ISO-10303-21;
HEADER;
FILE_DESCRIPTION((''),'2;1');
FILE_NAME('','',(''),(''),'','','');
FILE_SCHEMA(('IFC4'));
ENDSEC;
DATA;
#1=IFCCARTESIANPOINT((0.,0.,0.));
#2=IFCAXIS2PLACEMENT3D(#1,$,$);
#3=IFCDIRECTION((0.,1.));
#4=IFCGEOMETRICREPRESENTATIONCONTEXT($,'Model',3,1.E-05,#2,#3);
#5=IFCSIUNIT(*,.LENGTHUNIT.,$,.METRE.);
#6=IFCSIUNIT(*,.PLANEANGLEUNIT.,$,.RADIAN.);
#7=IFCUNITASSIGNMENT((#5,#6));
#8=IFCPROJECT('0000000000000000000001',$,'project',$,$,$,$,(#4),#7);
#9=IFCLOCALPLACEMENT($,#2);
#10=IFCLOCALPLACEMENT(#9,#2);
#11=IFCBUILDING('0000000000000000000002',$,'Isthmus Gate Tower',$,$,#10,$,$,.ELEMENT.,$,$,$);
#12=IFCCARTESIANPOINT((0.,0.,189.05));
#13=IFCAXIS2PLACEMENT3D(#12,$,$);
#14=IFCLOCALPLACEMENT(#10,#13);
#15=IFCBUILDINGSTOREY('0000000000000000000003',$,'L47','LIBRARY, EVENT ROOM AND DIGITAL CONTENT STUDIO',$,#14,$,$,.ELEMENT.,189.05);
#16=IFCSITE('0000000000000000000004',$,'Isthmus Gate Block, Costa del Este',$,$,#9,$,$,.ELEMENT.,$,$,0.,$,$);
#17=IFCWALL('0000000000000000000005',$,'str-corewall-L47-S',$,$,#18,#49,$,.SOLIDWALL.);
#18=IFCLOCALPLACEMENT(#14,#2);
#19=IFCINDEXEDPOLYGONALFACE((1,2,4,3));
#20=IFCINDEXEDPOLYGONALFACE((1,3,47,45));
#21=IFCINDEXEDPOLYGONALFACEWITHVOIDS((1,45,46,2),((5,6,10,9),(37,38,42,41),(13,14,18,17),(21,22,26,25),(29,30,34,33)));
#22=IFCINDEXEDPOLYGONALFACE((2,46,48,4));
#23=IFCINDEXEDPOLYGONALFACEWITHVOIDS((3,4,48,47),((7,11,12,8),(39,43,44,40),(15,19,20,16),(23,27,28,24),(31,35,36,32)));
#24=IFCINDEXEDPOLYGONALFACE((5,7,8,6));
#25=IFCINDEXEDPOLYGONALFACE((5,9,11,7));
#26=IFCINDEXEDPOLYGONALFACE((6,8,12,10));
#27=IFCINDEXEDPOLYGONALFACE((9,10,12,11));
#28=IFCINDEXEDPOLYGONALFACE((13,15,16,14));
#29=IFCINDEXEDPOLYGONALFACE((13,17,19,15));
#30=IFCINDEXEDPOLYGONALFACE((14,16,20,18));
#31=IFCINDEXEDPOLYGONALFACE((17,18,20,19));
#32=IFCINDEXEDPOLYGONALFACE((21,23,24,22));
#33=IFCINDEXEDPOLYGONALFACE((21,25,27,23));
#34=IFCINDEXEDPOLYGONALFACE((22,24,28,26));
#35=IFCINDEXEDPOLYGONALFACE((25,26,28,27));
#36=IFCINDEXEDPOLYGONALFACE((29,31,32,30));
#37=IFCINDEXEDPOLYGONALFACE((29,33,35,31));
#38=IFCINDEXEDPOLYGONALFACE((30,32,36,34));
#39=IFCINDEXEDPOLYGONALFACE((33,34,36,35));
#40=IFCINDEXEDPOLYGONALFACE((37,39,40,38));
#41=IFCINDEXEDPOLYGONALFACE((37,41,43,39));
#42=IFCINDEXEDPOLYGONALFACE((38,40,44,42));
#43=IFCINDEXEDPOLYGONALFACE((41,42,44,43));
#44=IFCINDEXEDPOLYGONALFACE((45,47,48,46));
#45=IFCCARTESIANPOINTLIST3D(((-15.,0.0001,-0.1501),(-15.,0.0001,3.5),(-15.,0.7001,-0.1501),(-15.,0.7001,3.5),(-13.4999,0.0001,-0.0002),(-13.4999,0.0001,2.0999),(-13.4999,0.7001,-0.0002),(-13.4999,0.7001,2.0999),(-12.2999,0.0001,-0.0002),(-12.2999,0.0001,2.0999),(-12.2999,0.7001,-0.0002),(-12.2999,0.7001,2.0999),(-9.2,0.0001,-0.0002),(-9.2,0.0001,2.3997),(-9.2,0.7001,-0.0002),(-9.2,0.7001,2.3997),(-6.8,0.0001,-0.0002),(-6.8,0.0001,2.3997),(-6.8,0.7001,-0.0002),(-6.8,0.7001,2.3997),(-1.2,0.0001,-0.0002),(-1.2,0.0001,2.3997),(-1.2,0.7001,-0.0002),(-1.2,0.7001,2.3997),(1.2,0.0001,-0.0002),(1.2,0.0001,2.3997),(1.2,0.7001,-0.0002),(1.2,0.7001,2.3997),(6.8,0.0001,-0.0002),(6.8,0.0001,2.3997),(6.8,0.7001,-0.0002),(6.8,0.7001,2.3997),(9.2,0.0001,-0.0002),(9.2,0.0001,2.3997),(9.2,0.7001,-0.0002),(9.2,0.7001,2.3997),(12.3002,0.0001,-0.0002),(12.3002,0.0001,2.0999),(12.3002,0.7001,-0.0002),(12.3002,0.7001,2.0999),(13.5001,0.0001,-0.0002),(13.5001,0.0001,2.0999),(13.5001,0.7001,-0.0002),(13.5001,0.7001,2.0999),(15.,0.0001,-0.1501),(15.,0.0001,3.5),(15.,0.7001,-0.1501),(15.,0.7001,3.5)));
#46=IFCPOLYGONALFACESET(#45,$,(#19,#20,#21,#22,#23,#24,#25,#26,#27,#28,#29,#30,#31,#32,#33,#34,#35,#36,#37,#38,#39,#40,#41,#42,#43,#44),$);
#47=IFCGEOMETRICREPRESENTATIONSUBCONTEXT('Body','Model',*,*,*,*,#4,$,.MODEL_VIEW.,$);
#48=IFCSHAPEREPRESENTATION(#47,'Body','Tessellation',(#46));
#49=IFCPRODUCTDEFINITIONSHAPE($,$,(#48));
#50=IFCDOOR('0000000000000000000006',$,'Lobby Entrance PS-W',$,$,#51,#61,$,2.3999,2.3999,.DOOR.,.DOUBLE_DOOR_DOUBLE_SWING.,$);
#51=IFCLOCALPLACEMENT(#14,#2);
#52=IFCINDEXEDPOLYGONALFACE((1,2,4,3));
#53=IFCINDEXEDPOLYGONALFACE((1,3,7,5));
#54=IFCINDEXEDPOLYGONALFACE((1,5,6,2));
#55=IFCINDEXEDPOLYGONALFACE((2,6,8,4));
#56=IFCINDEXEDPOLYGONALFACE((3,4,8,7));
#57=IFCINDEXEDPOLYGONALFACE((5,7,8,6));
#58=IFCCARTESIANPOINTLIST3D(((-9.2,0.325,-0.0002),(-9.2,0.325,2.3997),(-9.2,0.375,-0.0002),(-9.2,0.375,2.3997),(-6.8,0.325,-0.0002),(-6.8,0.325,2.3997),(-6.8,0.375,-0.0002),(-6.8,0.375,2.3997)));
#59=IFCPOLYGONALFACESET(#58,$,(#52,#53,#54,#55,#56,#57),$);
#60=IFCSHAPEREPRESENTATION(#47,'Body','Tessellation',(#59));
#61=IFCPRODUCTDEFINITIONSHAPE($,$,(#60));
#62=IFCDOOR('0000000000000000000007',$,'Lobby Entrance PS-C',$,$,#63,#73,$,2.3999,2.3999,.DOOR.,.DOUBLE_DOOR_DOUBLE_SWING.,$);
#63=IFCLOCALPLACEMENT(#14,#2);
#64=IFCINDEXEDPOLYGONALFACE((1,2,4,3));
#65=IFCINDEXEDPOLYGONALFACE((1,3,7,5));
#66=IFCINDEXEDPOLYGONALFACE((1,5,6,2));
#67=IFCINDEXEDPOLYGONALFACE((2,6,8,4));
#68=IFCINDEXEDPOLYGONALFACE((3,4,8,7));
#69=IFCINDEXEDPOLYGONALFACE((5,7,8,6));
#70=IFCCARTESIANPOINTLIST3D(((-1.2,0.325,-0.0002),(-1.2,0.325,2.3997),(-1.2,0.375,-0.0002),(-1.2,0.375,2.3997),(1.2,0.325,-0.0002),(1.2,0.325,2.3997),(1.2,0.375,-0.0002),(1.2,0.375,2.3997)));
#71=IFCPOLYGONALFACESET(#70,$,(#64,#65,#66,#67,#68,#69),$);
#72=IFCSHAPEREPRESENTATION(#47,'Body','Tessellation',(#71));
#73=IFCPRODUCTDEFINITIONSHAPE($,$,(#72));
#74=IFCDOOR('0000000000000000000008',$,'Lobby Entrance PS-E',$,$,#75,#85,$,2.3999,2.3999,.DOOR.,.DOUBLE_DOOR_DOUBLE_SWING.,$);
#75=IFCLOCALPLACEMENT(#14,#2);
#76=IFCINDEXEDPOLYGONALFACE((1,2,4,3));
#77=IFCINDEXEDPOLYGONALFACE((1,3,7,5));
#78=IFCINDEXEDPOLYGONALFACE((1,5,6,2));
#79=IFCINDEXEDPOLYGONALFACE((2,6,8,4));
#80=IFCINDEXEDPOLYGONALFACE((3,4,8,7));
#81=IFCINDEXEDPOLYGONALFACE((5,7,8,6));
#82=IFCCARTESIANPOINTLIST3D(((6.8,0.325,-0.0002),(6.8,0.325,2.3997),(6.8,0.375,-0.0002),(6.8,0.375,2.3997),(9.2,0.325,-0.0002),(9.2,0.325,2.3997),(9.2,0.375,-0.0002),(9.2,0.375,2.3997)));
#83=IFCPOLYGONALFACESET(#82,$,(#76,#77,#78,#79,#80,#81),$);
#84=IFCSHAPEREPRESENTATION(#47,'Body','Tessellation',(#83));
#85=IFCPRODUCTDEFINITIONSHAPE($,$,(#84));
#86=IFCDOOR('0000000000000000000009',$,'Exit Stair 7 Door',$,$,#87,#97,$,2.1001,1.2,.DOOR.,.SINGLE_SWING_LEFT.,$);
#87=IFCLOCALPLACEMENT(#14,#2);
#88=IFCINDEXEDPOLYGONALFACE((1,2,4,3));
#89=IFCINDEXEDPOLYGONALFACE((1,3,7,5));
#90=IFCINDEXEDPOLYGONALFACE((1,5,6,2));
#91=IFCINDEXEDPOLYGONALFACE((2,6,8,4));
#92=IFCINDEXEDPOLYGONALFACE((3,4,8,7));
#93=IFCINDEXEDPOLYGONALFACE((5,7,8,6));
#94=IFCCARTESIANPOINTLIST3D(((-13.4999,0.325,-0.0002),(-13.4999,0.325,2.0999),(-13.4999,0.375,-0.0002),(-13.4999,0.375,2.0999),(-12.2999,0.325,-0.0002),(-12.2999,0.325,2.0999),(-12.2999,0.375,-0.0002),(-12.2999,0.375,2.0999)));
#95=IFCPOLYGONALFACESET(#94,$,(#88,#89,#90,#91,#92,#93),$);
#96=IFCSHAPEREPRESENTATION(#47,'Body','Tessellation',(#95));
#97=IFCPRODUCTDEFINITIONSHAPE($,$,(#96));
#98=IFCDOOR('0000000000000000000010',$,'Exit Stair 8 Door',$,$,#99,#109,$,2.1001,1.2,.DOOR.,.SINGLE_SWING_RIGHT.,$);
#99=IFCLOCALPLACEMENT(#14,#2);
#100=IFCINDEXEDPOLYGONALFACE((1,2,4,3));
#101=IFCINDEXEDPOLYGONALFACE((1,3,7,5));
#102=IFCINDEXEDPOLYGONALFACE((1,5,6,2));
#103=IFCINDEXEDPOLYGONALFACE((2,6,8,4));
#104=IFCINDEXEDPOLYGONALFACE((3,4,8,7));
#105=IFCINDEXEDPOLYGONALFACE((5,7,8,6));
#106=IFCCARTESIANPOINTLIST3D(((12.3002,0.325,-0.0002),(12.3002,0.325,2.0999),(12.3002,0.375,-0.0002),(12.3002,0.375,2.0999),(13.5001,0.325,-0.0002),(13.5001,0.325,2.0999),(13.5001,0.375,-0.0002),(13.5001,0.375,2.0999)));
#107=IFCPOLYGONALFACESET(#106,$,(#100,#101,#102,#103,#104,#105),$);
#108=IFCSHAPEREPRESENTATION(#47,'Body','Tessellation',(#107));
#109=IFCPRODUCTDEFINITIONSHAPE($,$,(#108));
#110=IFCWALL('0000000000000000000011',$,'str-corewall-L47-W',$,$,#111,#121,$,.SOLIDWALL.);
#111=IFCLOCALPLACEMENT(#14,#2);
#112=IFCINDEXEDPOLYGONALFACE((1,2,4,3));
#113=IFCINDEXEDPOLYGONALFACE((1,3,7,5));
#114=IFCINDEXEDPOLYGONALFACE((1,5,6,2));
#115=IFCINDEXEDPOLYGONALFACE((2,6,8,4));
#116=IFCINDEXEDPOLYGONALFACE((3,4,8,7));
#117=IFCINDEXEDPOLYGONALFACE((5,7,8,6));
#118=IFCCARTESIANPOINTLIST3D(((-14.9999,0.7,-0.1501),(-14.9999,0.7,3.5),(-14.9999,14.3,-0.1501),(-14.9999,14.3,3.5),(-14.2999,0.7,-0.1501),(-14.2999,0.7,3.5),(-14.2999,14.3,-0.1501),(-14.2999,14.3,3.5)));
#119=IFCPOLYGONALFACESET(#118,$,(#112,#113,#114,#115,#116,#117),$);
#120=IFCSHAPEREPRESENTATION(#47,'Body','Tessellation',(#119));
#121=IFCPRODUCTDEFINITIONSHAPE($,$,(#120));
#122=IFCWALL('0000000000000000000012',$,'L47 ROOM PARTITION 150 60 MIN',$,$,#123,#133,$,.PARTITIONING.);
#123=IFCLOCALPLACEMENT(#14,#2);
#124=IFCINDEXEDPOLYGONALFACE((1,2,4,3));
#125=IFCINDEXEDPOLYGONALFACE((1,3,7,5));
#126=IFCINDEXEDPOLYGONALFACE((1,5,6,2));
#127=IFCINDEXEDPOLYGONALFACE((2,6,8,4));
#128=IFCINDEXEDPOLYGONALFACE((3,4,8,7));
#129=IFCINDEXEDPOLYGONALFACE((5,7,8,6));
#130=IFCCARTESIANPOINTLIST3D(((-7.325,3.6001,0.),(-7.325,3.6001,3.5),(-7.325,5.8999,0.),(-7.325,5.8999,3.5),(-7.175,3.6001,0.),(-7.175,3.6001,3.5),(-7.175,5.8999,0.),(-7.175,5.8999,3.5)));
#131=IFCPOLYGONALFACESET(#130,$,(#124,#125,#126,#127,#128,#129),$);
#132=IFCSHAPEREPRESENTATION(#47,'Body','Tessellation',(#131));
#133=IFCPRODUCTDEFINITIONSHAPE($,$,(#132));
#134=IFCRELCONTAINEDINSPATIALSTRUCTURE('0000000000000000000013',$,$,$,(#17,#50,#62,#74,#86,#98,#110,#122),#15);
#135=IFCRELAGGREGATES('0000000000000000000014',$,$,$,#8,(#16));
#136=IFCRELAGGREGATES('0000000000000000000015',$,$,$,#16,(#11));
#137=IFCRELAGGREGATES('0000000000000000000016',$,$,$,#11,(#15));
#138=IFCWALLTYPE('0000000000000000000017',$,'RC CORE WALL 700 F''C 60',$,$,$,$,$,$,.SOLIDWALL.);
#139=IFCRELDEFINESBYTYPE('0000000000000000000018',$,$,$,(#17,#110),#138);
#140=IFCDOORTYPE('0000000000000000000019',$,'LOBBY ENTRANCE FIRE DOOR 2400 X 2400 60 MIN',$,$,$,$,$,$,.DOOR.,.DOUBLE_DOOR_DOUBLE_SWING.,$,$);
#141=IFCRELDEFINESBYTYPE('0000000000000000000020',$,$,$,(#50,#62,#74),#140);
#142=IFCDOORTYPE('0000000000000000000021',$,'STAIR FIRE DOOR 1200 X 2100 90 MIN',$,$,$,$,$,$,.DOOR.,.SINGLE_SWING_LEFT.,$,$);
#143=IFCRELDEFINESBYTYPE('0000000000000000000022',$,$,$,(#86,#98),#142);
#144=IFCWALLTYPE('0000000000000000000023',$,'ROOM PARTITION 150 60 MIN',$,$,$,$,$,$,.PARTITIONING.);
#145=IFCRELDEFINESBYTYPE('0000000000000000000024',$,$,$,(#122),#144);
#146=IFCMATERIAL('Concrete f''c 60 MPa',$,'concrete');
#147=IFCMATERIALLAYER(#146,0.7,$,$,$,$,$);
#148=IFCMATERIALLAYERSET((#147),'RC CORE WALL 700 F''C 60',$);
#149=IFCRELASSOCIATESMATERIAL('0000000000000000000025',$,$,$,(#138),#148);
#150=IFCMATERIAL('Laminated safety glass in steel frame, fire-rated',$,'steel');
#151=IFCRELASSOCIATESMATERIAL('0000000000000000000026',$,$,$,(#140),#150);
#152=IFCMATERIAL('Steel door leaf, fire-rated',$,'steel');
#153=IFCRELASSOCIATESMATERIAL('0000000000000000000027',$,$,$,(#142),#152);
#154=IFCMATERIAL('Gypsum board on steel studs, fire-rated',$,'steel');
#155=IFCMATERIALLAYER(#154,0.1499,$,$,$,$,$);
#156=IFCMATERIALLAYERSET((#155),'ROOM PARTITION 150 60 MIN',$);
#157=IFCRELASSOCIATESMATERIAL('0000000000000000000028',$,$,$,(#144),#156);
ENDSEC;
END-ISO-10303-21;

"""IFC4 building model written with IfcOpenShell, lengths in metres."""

from ifc_helpers import new_model, si_unit, direction, frame, frame_2d, origin, place, context, subcontext, project, spatial, rectangle, extrude, material, layer, layer_set, type_object, element, fill, save


model = new_model("IFC4")

# Units and contexts
model_context = context("Model", 3, precision=1e-05, world=origin(), true_north=direction((0.0, 1.0)))
body_context = subcontext(model_context, "Body", "Model", "MODEL_VIEW")
ifc_project = project(units=[si_unit("LENGTHUNIT", "METRE"), si_unit("PLANEANGLEUNIT", "RADIAN")], contexts=[model_context])

# Site, building, storey
site_placement = place(None, origin())
site = spatial("IfcSite", under=ifc_project, at=site_placement, Name="Isthmus Gate Block, Costa del Este", CompositionType="ELEMENT", RefElevation=0.0)
building_placement = place(site_placement, origin())
building = spatial("IfcBuilding", under=site, at=building_placement, Name="Isthmus Gate Tower", CompositionType="ELEMENT")
storey_placement = place(building_placement, frame((0.0, 0.0, 189.05)))
storey = spatial("IfcBuildingStorey", under=building, at=storey_placement, Name="L47", Description="LIBRARY, EVENT ROOM AND DIGITAL CONTENT STUDIO", CompositionType="ELEMENT", Elevation=189.05)

# Wall, openings, doors
ifc_material_1 = material(Name="Concrete f'c 60 MPa", Category="concrete")
ifc_layer_1 = layer(ifc_material_1, 0.7)
ifc_layer_set_1 = layer_set([ifc_layer_1], Name="RC CORE WALL 700 F'C 60")
wall_type_1 = type_object("IfcWallType", Name="RC CORE WALL 700 F'C 60", PredefinedType="SOLIDWALL", material=ifc_layer_set_1)
wall_1_placement = place(storey_placement, frame((-15.0, 0.3501, -0.1501), z_axis=(0.0, 0.0, 1.0), x_axis=(1.0, 0.0, 0.0)))
wall_1 = element("IfcWall", 1, at=wall_1_placement, inside=storey, type_object=wall_type_1, Name="str-corewall-L47-S", PredefinedType="SOLIDWALL", context=body_context, shape_type="SweptSolid", body=[
    extrude(rectangle(XDim=30.0, YDim=0.7, at=frame_2d((15.0, 0.0))), origin(), (0.0, 0.0, 1.0), 3.6501),
])
opening_1_placement = place(wall_1_placement, frame((5.8, 0.0, 0.1499)))
opening_1 = element("IfcOpeningElement", 2, at=opening_1_placement, cuts=wall_1, PredefinedType="OPENING", context=body_context, shape_type="SweptSolid", body=[
    extrude(rectangle(XDim=2.3999, YDim=2.3999, at=frame_2d((1.2, 1.2))), frame((0.0, 0.3599, 0.0), z_axis=(0.0, -1.0, 0.0), x_axis=(1.0, 0.0, 0.0)), (0.0, 0.0, 1.0), 0.72),
])
opening_2_placement = place(wall_1_placement, frame((13.8, 0.0, 0.1499)))
opening_2 = element("IfcOpeningElement", 3, at=opening_2_placement, cuts=wall_1, PredefinedType="OPENING", context=body_context, shape_type="SweptSolid", body=[
    extrude(rectangle(XDim=2.3999, YDim=2.3999, at=frame_2d((1.2, 1.2))), frame((0.0, 0.3599, 0.0), z_axis=(0.0, -1.0, 0.0), x_axis=(1.0, 0.0, 0.0)), (0.0, 0.0, 1.0), 0.72),
])
opening_3_placement = place(wall_1_placement, frame((21.8, 0.0, 0.1499)))
opening_3 = element("IfcOpeningElement", 4, at=opening_3_placement, cuts=wall_1, PredefinedType="OPENING", context=body_context, shape_type="SweptSolid", body=[
    extrude(rectangle(XDim=2.3999, YDim=2.3999, at=frame_2d((1.2, 1.2))), frame((0.0, 0.3599, 0.0), z_axis=(0.0, -1.0, 0.0), x_axis=(1.0, 0.0, 0.0)), (0.0, 0.0, 1.0), 0.72),
])
opening_4_placement = place(wall_1_placement, frame((1.5, 0.0, 0.1499)))
opening_4 = element("IfcOpeningElement", 5, at=opening_4_placement, cuts=wall_1, PredefinedType="OPENING", context=body_context, shape_type="SweptSolid", body=[
    extrude(rectangle(XDim=1.2, YDim=2.1001, at=frame_2d((0.6001, 1.05))), frame((0.0, 0.3599, 0.0), z_axis=(0.0, -1.0, 0.0), x_axis=(1.0, 0.0, 0.0)), (0.0, 0.0, 1.0), 0.72),
])
opening_5_placement = place(wall_1_placement, frame((27.3, 0.0, 0.1499)))
opening_5 = element("IfcOpeningElement", 6, at=opening_5_placement, cuts=wall_1, PredefinedType="OPENING", context=body_context, shape_type="SweptSolid", body=[
    extrude(rectangle(XDim=1.2, YDim=2.1001, at=frame_2d((0.6001, 1.05))), frame((0.0, 0.3599, 0.0), z_axis=(0.0, -1.0, 0.0), x_axis=(1.0, 0.0, 0.0)), (0.0, 0.0, 1.0), 0.72),
])
ifc_material_2 = material(Name="Laminated safety glass in steel frame, fire-rated", Category="steel")
door_type_1 = type_object("IfcDoorType", Name="LOBBY ENTRANCE FIRE DOOR 2400 X 2400 60 MIN", OperationType="DOUBLE_DOOR_DOUBLE_SWING", PredefinedType="DOOR", material=ifc_material_2)
door_1_placement = place(opening_1_placement, origin())
door_1 = element("IfcDoor", 7, at=door_1_placement, inside=storey, type_object=door_type_1, Name="Lobby Entrance PS-W", OperationType="DOUBLE_DOOR_DOUBLE_SWING", OverallHeight=2.3999, OverallWidth=2.3999, PredefinedType="DOOR", context=body_context, shape_type="SweptSolid", body=[
    extrude(rectangle(XDim=2.3999, YDim=2.3999, at=frame_2d((1.2, 1.2))), frame((0.0, 0.0249, 0.0), z_axis=(0.0, -1.0, 0.0), x_axis=(1.0, 0.0, 0.0)), (0.0, 0.0, 1.0), 0.05),
])
fill(opening_1, door_1)
door_2_placement = place(opening_2_placement, origin())
door_2 = element("IfcDoor", 8, at=door_2_placement, inside=storey, type_object=door_type_1, Name="Lobby Entrance PS-C", OperationType="DOUBLE_DOOR_DOUBLE_SWING", OverallHeight=2.3999, OverallWidth=2.3999, PredefinedType="DOOR", context=body_context, shape_type="SweptSolid", body=[
    extrude(rectangle(XDim=2.3999, YDim=2.3999, at=frame_2d((1.2, 1.2))), frame((0.0, 0.0249, 0.0), z_axis=(0.0, -1.0, 0.0), x_axis=(1.0, 0.0, 0.0)), (0.0, 0.0, 1.0), 0.05),
])
fill(opening_2, door_2)
door_3_placement = place(opening_3_placement, origin())
door_3 = element("IfcDoor", 9, at=door_3_placement, inside=storey, type_object=door_type_1, Name="Lobby Entrance PS-E", OperationType="DOUBLE_DOOR_DOUBLE_SWING", OverallHeight=2.3999, OverallWidth=2.3999, PredefinedType="DOOR", context=body_context, shape_type="SweptSolid", body=[
    extrude(rectangle(XDim=2.3999, YDim=2.3999, at=frame_2d((1.2, 1.2))), frame((0.0, 0.0249, 0.0), z_axis=(0.0, -1.0, 0.0), x_axis=(1.0, 0.0, 0.0)), (0.0, 0.0, 1.0), 0.05),
])
fill(opening_3, door_3)
ifc_material_3 = material(Name="Steel door leaf, fire-rated", Category="steel")
door_type_2 = type_object("IfcDoorType", Name="STAIR FIRE DOOR 1200 X 2100 90 MIN", OperationType="SINGLE_SWING_LEFT", PredefinedType="DOOR", material=ifc_material_3)
door_4_placement = place(opening_4_placement, origin())
door_4 = element("IfcDoor", 10, at=door_4_placement, inside=storey, type_object=door_type_2, Name="Exit Stair 7 Door", OperationType="SINGLE_SWING_LEFT", OverallHeight=2.1001, OverallWidth=1.2, PredefinedType="DOOR", context=body_context, shape_type="SweptSolid", body=[
    extrude(rectangle(XDim=1.2, YDim=2.1001, at=frame_2d((0.6001, 1.05))), frame((0.0, 0.0249, 0.0), z_axis=(0.0, -1.0, 0.0), x_axis=(1.0, 0.0, 0.0)), (0.0, 0.0, 1.0), 0.05),
])
fill(opening_4, door_4)
door_5_placement = place(opening_5_placement, origin())
door_5 = element("IfcDoor", 11, at=door_5_placement, inside=storey, type_object=door_type_2, Name="Exit Stair 8 Door", OperationType="SINGLE_SWING_RIGHT", OverallHeight=2.1001, OverallWidth=1.2, PredefinedType="DOOR", context=body_context, shape_type="SweptSolid", body=[
    extrude(rectangle(XDim=1.2, YDim=2.1001, at=frame_2d((0.6001, 1.05))), frame((0.0, 0.0249, 0.0), z_axis=(0.0, -1.0, 0.0), x_axis=(1.0, 0.0, 0.0)), (0.0, 0.0, 1.0), 0.05),
])
fill(opening_5, door_5)

# Walls
wall_2_placement = place(storey_placement, frame((-14.6499, 0.7, -0.1501), z_axis=(0.0, 0.0, 1.0), x_axis=(0.0, 1.0, 0.0)))
element("IfcWall", 12, at=wall_2_placement, inside=storey, type_object=wall_type_1, Name="str-corewall-L47-W", PredefinedType="SOLIDWALL", context=body_context, shape_type="SweptSolid", body=[
    extrude(rectangle(XDim=13.6001, YDim=0.7, at=frame_2d((6.8, 0.0))), origin(), (0.0, 0.0, 1.0), 3.6501),
])
ifc_material_4 = material(Name="Gypsum board on steel studs, fire-rated", Category="steel")
ifc_layer_2 = layer(ifc_material_4, 0.1499)
ifc_layer_set_2 = layer_set([ifc_layer_2], Name="ROOM PARTITION 150 60 MIN")
wall_type_2 = type_object("IfcWallType", Name="ROOM PARTITION 150 60 MIN", PredefinedType="PARTITIONING", material=ifc_layer_set_2)
wall_3_placement = place(storey_placement, frame((-7.25, 3.6001, 0.0), z_axis=(0.0, 0.0, 1.0), x_axis=(0.0, 1.0, 0.0)))
element("IfcWall", 13, at=wall_3_placement, inside=storey, type_object=wall_type_2, Name="L47 ROOM PARTITION 150 60 MIN", PredefinedType="PARTITIONING", context=body_context, shape_type="SweptSolid", body=[
    extrude(rectangle(XDim=2.2998, YDim=0.1499, at=frame_2d((1.1499, 0.0))), origin(), (0.0, 0.0, 1.0), 3.5),
])

save(model, "model.ifc")
